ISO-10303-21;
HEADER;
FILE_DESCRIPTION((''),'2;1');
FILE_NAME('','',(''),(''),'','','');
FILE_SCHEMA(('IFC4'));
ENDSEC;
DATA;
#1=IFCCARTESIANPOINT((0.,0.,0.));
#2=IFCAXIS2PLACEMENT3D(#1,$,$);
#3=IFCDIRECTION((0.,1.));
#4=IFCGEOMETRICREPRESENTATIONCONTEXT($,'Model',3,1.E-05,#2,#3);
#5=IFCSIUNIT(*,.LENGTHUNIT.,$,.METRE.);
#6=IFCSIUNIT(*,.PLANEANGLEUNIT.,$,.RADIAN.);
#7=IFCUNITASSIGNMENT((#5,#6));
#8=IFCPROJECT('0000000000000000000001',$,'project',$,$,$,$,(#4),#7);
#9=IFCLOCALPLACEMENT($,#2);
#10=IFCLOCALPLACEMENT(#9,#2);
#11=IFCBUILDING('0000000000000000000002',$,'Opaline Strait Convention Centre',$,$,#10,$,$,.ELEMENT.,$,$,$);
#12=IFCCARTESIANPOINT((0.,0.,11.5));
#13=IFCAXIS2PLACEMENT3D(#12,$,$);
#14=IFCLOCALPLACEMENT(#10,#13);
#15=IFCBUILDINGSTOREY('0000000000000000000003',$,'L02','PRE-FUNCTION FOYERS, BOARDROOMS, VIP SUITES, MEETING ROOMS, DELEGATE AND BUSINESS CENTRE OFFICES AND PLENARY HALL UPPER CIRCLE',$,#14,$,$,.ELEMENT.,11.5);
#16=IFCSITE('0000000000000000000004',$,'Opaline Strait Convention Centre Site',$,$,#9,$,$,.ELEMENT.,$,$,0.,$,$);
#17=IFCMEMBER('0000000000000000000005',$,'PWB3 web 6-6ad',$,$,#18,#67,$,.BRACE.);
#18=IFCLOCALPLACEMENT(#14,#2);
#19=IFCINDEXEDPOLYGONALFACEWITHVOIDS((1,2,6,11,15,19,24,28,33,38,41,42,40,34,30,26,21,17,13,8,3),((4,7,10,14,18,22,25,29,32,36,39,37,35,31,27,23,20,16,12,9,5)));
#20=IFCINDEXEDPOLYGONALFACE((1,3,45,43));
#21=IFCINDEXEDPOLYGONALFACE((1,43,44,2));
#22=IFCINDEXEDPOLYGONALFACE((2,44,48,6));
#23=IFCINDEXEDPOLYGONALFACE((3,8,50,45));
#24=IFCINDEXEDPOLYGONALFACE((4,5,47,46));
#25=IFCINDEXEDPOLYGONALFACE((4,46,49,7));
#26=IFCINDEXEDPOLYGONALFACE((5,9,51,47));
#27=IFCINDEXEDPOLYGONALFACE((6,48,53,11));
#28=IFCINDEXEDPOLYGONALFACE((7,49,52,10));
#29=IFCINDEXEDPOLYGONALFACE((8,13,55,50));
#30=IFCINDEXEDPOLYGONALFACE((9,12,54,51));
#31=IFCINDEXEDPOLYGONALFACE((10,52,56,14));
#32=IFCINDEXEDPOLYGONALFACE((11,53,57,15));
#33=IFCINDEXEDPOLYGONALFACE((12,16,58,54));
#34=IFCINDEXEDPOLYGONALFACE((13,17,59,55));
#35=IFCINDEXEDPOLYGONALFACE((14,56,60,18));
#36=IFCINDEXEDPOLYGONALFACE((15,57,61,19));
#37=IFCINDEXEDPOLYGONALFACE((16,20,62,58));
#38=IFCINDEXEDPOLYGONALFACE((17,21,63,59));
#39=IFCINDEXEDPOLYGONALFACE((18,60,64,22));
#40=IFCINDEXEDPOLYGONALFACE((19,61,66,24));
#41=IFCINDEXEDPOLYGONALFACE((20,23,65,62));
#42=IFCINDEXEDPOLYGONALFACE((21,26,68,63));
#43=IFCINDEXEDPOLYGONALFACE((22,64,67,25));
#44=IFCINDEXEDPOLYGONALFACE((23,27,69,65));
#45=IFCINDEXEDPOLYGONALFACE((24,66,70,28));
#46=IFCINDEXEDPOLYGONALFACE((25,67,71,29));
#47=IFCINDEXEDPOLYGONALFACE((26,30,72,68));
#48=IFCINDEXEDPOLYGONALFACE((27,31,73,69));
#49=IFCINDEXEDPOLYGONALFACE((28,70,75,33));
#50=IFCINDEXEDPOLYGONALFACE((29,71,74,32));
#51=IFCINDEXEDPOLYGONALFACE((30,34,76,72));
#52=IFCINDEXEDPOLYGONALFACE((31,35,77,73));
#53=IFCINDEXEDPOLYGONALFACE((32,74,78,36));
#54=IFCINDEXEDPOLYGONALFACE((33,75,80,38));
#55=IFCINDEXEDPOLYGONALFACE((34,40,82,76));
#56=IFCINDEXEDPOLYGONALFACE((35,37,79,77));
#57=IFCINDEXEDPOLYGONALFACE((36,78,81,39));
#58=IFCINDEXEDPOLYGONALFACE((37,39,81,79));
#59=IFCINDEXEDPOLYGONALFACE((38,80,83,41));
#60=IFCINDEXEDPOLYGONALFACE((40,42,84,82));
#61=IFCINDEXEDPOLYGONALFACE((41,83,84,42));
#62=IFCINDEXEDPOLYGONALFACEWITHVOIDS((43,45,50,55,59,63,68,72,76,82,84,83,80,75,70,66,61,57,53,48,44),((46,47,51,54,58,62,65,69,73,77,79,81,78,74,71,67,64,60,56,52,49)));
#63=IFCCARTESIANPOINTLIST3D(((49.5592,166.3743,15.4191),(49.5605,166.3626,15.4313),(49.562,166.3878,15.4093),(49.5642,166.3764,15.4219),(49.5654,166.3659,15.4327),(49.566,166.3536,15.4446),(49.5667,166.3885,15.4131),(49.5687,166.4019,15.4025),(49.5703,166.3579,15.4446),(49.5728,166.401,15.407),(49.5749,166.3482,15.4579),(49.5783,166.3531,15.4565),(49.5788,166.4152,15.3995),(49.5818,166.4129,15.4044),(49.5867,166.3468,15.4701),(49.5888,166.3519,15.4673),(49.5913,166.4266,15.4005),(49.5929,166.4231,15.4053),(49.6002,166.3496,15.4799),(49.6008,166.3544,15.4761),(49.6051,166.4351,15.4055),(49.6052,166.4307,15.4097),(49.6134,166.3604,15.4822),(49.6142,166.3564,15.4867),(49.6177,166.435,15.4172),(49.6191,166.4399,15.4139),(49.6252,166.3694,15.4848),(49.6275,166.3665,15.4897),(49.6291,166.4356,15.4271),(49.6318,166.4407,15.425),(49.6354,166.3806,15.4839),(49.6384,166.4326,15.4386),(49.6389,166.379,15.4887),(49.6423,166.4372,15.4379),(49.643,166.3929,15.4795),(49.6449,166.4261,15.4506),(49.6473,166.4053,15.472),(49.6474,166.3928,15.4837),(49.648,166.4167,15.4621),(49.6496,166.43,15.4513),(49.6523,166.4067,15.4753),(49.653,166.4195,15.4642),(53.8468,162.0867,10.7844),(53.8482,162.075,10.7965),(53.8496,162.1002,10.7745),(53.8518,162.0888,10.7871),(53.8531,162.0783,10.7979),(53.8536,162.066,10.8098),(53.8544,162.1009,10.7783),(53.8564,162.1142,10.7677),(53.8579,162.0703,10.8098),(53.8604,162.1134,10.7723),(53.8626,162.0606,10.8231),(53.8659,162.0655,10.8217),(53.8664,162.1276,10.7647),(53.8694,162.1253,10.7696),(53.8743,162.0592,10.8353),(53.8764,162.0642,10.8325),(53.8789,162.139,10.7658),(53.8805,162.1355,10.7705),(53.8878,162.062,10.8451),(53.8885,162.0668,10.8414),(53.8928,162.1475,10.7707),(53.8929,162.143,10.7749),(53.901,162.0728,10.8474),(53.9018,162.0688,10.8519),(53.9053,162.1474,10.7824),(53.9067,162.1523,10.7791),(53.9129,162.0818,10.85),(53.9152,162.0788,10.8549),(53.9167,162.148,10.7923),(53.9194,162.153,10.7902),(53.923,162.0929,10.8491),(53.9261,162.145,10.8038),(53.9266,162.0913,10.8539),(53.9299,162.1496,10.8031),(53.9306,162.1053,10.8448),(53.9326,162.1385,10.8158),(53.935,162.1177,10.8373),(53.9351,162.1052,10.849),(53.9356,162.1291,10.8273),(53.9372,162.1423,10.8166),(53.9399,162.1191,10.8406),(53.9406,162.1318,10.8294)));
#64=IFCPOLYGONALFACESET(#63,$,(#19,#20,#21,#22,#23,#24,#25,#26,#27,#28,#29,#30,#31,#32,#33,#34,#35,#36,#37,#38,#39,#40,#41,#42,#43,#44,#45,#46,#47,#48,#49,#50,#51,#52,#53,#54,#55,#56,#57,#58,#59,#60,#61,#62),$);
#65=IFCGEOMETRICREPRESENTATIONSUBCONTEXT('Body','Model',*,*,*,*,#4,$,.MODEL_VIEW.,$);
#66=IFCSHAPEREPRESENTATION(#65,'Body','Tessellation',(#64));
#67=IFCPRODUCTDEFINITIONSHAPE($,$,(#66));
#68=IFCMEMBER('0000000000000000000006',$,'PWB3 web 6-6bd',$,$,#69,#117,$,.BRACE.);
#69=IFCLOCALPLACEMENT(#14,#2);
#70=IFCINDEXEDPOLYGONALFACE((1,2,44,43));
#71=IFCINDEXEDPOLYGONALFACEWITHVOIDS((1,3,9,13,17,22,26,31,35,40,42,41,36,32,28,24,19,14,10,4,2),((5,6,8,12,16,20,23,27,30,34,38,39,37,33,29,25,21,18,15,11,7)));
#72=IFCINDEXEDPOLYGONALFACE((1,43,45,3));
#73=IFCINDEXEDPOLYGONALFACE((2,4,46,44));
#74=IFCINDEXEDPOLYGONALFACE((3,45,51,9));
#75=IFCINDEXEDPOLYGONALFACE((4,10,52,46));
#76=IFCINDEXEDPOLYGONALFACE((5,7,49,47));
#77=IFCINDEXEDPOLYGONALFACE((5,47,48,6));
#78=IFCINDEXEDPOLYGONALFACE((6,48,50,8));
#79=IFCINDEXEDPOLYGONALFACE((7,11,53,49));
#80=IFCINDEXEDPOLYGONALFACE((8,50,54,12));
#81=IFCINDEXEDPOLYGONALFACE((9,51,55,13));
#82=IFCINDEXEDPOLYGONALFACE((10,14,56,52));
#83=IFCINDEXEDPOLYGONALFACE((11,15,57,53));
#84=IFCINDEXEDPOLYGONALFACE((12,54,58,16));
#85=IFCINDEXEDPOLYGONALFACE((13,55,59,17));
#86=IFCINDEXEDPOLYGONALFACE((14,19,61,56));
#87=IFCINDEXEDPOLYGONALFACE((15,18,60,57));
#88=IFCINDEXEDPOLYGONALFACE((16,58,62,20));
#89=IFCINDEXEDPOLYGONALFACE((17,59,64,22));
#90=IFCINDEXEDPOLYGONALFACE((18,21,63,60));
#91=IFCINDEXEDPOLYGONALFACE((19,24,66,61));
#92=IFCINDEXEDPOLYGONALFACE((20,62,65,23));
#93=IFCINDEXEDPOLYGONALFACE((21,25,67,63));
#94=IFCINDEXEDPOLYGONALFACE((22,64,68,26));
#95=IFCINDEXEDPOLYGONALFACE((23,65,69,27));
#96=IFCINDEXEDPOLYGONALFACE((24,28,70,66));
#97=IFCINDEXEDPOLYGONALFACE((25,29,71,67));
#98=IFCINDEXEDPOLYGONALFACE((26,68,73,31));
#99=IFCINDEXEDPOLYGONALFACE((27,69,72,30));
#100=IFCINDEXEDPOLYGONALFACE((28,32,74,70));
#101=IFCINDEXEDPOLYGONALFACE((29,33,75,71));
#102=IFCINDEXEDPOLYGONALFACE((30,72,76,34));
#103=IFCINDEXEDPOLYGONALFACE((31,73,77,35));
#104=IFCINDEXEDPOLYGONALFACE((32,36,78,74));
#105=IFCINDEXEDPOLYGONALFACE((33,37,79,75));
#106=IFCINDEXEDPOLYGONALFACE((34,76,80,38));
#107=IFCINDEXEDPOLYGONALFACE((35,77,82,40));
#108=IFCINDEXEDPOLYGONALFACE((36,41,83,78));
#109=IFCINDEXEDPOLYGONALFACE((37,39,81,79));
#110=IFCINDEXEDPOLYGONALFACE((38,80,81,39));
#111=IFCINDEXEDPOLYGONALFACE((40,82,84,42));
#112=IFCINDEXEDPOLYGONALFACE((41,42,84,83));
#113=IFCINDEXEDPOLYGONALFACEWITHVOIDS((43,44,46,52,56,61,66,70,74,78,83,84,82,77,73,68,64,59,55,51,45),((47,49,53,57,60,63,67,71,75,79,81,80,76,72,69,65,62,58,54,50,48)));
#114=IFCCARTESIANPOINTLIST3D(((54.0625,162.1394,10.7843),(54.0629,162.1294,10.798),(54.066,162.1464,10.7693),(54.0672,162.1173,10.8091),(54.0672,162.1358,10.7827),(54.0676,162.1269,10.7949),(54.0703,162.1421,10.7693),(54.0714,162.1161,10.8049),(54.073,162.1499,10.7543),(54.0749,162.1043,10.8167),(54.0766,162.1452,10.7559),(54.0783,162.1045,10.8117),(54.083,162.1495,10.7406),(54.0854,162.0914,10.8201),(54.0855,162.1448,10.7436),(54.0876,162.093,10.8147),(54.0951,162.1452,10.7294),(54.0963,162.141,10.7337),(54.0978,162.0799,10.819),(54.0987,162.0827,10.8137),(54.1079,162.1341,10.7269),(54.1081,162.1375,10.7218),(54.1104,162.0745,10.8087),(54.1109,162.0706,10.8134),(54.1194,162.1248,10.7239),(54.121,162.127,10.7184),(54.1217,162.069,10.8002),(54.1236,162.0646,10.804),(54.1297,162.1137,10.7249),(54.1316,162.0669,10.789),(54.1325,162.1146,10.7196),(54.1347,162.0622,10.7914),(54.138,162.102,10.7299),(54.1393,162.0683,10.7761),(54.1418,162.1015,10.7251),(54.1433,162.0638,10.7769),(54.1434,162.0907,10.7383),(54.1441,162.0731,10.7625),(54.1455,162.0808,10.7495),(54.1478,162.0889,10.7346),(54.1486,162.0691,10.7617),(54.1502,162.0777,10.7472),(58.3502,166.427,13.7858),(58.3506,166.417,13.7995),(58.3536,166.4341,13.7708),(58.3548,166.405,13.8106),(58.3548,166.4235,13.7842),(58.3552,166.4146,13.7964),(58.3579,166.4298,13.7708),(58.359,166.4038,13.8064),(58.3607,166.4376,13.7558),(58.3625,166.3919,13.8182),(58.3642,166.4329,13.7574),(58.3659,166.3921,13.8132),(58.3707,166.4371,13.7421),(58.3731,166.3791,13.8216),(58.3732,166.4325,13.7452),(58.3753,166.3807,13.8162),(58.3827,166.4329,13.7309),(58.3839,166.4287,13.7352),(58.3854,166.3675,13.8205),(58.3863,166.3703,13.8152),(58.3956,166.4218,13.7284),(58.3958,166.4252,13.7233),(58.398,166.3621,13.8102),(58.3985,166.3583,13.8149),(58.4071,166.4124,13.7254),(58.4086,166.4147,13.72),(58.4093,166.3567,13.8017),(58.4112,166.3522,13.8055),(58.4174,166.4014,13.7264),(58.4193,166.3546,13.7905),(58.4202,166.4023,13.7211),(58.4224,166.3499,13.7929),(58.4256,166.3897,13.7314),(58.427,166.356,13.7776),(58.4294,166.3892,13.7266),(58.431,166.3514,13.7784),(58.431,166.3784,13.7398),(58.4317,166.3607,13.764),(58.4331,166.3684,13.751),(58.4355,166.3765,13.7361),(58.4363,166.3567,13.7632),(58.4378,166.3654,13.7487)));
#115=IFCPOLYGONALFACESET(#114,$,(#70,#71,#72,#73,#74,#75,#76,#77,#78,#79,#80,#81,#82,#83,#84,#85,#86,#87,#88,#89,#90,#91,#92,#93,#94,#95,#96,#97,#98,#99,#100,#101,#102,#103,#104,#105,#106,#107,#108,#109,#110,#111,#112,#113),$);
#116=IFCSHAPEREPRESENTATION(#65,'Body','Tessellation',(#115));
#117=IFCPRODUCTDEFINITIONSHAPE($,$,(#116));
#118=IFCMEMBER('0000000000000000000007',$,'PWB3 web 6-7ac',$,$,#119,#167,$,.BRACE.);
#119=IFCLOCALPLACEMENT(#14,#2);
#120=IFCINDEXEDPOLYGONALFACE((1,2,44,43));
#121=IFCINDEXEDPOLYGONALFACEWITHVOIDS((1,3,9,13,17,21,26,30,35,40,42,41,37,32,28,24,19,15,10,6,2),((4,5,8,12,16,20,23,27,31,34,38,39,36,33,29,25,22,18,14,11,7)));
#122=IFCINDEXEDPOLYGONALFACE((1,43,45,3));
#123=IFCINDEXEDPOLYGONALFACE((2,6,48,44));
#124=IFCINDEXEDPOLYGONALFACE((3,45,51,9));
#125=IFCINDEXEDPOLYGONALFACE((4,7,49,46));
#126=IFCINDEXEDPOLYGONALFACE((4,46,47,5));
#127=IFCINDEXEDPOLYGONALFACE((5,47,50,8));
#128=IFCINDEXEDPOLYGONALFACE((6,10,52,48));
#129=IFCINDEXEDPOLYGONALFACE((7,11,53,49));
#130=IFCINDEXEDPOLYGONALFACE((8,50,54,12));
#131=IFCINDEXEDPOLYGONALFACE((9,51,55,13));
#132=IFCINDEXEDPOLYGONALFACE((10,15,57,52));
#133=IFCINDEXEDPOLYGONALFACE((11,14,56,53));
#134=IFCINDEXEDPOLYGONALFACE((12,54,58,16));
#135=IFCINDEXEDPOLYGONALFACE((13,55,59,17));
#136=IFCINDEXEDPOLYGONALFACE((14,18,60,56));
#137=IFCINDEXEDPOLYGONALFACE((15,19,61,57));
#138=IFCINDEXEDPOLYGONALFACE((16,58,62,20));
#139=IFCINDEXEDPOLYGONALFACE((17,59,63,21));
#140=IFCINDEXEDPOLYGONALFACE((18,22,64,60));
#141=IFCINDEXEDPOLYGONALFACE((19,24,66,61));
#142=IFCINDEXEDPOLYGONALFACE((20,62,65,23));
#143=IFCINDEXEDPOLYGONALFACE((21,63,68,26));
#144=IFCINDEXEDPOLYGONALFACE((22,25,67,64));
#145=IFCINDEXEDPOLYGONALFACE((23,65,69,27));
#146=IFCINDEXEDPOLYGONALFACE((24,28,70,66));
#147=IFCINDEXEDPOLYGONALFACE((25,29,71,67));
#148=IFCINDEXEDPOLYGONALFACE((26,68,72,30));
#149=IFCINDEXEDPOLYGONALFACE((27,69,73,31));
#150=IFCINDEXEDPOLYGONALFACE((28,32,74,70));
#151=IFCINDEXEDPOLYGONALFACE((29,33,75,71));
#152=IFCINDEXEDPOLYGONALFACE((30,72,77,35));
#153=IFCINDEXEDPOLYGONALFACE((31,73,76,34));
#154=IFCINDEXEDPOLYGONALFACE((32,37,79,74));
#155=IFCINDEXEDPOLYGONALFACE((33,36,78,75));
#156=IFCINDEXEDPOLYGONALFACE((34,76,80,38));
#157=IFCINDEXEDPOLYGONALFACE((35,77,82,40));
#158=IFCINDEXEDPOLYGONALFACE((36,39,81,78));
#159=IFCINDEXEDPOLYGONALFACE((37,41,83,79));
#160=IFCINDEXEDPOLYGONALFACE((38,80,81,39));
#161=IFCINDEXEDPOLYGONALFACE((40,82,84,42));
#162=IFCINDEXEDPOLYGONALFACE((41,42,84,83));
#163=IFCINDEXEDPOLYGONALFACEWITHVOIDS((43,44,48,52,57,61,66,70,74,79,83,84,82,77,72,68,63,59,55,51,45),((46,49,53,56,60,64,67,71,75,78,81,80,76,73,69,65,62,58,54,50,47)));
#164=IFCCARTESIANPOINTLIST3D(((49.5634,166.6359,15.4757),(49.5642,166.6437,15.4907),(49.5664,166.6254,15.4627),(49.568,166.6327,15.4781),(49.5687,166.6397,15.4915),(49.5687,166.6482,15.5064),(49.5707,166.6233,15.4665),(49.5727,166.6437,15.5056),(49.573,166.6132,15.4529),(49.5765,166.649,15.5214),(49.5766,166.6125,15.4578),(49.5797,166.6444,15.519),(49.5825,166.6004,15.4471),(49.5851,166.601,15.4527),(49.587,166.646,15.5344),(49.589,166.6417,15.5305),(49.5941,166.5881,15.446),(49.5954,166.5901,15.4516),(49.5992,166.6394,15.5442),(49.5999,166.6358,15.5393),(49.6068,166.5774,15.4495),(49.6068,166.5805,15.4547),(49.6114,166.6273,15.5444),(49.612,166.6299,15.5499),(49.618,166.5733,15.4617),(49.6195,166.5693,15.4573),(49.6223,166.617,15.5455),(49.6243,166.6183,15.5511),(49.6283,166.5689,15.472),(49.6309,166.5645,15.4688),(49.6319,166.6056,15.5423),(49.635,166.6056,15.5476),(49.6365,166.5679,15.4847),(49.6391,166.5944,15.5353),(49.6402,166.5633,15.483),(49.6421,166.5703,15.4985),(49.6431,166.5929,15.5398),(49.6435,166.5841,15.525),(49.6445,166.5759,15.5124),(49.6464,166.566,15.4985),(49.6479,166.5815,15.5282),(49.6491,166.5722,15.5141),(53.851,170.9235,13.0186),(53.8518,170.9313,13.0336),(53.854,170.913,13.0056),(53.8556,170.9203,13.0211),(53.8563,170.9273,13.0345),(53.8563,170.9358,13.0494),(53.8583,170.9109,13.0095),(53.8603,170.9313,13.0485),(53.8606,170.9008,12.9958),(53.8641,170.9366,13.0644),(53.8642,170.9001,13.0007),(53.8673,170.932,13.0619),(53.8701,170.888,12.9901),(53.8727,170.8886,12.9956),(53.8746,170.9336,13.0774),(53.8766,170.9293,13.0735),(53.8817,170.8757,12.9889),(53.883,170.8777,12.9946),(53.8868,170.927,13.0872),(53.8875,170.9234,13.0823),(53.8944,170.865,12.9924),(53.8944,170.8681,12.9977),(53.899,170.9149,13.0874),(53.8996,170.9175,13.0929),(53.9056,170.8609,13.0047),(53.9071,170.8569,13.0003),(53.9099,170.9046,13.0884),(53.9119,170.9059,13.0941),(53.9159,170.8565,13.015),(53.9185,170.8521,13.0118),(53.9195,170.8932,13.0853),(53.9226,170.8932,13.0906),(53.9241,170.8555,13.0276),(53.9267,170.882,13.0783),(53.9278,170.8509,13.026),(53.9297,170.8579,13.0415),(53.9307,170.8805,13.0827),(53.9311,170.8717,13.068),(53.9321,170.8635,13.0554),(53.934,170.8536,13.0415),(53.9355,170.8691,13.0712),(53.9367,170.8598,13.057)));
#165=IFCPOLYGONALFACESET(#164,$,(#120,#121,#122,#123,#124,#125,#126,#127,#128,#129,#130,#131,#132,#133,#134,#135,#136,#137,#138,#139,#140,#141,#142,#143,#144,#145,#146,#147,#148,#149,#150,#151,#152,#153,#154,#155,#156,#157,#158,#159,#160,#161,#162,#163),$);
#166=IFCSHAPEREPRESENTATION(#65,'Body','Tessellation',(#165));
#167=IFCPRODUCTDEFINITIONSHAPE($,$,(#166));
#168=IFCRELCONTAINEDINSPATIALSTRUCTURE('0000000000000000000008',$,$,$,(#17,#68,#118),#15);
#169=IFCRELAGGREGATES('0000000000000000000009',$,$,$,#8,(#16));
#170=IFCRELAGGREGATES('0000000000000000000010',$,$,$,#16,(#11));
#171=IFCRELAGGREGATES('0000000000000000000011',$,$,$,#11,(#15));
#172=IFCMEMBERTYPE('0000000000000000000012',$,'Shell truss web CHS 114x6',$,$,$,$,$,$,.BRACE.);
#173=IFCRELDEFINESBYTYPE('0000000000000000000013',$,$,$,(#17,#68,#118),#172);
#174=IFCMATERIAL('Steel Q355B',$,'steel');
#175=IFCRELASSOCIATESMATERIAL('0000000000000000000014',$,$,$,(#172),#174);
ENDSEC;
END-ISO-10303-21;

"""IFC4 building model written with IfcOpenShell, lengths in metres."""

from ifc_helpers import new_model, si_unit, direction, frame, origin, origin_2d, place, context, subcontext, project, spatial, hollow_circle, extrude, material, material_profile, profile_set, type_object, element, save


model = new_model("IFC4")

# Units and contexts
model_context = context("Model", 3, precision=1e-05, world=origin(), true_north=direction((0.0, 1.0)))
body_context = subcontext(model_context, "Body", "Model", "MODEL_VIEW")
ifc_project = project(units=[si_unit("LENGTHUNIT", "METRE"), si_unit("PLANEANGLEUNIT", "RADIAN")], contexts=[model_context])

# Site, building, storey
site_placement = place(None, origin())
site = spatial("IfcSite", under=ifc_project, at=site_placement, Name="Opaline Strait Convention Centre Site", CompositionType="ELEMENT", RefElevation=0.0)
building_placement = place(site_placement, origin())
building = spatial("IfcBuilding", under=site, at=building_placement, Name="Opaline Strait Convention Centre", CompositionType="ELEMENT")
storey_placement = place(building_placement, frame((0.0, 0.0, 11.5)))
storey = spatial("IfcBuildingStorey", under=building, at=storey_placement, Name="L02", Description="PRE-FUNCTION FOYERS, BOARDROOMS, VIP SUITES, MEETING ROOMS, DELEGATE AND BUSINESS CENTRE OFFICES AND PLENARY HALL UPPER CIRCLE", CompositionType="ELEMENT", Elevation=11.5)

# Members
ifc_material_1 = material(Name="Steel Q355B", Category="steel")
ifc_material_profile_1 = material_profile(ifc_material_1, hollow_circle(Radius=0.0569, WallThickness=0.0061, at=origin_2d()), Name="CHS 114x6")
ifc_profile_set_1 = profile_set([ifc_material_profile_1], Name="Steel Q355B")
member_type_1 = type_object("IfcMemberType", Name="Shell truss web CHS 114x6", PredefinedType="BRACE", material=ifc_profile_set_1)
member_1_placement = place(storey_placement, frame((53.8938, 162.1062, 10.8098), z_axis=(-0.561789, 0.561789, 0.607277), x_axis=(-0.707107, -0.707107, 0.0)))
element("IfcMember", 1, at=member_1_placement, inside=storey, type_object=member_type_1, Name="PWB3 web 6-6ad", PredefinedType="BRACE", context=body_context, shape_type="SweptSolid", body=[
    extrude(hollow_circle(Radius=0.0569, WallThickness=0.0061, at=origin_2d()), origin(), (0.0, 0.0, 1.0), 7.6321),
])
member_2_placement = place(storey_placement, frame((54.1062, 162.1062, 10.7693), z_axis=(0.633718, 0.633718, 0.443624), x_axis=(-0.707107, 0.707107, 0.0)))
element("IfcMember", 2, at=member_2_placement, inside=storey, type_object=member_type_1, Name="PWB3 web 6-6bd", PredefinedType="BRACE", context=body_context, shape_type="SweptSolid", body=[
    extrude(hollow_circle(Radius=0.0569, WallThickness=0.0061, at=origin_2d()), origin(), (0.0, 0.0, 1.0), 6.7659),
])
member_3_placement = place(storey_placement, frame((53.8938, 170.8938, 13.0415), z_axis=(-0.655348, -0.655348, 0.375551), x_axis=(0.707107, -0.707107, 0.0)))
element("IfcMember", 3, at=member_3_placement, inside=storey, type_object=member_type_1, Name="PWB3 web 6-7ac", PredefinedType="BRACE", context=body_context, shape_type="SweptSolid", body=[
    extrude(hollow_circle(Radius=0.0569, WallThickness=0.0061, at=origin_2d()), origin(), (0.0, 0.0, 1.0), 6.5425),
])

save(model, "model.ifc")
